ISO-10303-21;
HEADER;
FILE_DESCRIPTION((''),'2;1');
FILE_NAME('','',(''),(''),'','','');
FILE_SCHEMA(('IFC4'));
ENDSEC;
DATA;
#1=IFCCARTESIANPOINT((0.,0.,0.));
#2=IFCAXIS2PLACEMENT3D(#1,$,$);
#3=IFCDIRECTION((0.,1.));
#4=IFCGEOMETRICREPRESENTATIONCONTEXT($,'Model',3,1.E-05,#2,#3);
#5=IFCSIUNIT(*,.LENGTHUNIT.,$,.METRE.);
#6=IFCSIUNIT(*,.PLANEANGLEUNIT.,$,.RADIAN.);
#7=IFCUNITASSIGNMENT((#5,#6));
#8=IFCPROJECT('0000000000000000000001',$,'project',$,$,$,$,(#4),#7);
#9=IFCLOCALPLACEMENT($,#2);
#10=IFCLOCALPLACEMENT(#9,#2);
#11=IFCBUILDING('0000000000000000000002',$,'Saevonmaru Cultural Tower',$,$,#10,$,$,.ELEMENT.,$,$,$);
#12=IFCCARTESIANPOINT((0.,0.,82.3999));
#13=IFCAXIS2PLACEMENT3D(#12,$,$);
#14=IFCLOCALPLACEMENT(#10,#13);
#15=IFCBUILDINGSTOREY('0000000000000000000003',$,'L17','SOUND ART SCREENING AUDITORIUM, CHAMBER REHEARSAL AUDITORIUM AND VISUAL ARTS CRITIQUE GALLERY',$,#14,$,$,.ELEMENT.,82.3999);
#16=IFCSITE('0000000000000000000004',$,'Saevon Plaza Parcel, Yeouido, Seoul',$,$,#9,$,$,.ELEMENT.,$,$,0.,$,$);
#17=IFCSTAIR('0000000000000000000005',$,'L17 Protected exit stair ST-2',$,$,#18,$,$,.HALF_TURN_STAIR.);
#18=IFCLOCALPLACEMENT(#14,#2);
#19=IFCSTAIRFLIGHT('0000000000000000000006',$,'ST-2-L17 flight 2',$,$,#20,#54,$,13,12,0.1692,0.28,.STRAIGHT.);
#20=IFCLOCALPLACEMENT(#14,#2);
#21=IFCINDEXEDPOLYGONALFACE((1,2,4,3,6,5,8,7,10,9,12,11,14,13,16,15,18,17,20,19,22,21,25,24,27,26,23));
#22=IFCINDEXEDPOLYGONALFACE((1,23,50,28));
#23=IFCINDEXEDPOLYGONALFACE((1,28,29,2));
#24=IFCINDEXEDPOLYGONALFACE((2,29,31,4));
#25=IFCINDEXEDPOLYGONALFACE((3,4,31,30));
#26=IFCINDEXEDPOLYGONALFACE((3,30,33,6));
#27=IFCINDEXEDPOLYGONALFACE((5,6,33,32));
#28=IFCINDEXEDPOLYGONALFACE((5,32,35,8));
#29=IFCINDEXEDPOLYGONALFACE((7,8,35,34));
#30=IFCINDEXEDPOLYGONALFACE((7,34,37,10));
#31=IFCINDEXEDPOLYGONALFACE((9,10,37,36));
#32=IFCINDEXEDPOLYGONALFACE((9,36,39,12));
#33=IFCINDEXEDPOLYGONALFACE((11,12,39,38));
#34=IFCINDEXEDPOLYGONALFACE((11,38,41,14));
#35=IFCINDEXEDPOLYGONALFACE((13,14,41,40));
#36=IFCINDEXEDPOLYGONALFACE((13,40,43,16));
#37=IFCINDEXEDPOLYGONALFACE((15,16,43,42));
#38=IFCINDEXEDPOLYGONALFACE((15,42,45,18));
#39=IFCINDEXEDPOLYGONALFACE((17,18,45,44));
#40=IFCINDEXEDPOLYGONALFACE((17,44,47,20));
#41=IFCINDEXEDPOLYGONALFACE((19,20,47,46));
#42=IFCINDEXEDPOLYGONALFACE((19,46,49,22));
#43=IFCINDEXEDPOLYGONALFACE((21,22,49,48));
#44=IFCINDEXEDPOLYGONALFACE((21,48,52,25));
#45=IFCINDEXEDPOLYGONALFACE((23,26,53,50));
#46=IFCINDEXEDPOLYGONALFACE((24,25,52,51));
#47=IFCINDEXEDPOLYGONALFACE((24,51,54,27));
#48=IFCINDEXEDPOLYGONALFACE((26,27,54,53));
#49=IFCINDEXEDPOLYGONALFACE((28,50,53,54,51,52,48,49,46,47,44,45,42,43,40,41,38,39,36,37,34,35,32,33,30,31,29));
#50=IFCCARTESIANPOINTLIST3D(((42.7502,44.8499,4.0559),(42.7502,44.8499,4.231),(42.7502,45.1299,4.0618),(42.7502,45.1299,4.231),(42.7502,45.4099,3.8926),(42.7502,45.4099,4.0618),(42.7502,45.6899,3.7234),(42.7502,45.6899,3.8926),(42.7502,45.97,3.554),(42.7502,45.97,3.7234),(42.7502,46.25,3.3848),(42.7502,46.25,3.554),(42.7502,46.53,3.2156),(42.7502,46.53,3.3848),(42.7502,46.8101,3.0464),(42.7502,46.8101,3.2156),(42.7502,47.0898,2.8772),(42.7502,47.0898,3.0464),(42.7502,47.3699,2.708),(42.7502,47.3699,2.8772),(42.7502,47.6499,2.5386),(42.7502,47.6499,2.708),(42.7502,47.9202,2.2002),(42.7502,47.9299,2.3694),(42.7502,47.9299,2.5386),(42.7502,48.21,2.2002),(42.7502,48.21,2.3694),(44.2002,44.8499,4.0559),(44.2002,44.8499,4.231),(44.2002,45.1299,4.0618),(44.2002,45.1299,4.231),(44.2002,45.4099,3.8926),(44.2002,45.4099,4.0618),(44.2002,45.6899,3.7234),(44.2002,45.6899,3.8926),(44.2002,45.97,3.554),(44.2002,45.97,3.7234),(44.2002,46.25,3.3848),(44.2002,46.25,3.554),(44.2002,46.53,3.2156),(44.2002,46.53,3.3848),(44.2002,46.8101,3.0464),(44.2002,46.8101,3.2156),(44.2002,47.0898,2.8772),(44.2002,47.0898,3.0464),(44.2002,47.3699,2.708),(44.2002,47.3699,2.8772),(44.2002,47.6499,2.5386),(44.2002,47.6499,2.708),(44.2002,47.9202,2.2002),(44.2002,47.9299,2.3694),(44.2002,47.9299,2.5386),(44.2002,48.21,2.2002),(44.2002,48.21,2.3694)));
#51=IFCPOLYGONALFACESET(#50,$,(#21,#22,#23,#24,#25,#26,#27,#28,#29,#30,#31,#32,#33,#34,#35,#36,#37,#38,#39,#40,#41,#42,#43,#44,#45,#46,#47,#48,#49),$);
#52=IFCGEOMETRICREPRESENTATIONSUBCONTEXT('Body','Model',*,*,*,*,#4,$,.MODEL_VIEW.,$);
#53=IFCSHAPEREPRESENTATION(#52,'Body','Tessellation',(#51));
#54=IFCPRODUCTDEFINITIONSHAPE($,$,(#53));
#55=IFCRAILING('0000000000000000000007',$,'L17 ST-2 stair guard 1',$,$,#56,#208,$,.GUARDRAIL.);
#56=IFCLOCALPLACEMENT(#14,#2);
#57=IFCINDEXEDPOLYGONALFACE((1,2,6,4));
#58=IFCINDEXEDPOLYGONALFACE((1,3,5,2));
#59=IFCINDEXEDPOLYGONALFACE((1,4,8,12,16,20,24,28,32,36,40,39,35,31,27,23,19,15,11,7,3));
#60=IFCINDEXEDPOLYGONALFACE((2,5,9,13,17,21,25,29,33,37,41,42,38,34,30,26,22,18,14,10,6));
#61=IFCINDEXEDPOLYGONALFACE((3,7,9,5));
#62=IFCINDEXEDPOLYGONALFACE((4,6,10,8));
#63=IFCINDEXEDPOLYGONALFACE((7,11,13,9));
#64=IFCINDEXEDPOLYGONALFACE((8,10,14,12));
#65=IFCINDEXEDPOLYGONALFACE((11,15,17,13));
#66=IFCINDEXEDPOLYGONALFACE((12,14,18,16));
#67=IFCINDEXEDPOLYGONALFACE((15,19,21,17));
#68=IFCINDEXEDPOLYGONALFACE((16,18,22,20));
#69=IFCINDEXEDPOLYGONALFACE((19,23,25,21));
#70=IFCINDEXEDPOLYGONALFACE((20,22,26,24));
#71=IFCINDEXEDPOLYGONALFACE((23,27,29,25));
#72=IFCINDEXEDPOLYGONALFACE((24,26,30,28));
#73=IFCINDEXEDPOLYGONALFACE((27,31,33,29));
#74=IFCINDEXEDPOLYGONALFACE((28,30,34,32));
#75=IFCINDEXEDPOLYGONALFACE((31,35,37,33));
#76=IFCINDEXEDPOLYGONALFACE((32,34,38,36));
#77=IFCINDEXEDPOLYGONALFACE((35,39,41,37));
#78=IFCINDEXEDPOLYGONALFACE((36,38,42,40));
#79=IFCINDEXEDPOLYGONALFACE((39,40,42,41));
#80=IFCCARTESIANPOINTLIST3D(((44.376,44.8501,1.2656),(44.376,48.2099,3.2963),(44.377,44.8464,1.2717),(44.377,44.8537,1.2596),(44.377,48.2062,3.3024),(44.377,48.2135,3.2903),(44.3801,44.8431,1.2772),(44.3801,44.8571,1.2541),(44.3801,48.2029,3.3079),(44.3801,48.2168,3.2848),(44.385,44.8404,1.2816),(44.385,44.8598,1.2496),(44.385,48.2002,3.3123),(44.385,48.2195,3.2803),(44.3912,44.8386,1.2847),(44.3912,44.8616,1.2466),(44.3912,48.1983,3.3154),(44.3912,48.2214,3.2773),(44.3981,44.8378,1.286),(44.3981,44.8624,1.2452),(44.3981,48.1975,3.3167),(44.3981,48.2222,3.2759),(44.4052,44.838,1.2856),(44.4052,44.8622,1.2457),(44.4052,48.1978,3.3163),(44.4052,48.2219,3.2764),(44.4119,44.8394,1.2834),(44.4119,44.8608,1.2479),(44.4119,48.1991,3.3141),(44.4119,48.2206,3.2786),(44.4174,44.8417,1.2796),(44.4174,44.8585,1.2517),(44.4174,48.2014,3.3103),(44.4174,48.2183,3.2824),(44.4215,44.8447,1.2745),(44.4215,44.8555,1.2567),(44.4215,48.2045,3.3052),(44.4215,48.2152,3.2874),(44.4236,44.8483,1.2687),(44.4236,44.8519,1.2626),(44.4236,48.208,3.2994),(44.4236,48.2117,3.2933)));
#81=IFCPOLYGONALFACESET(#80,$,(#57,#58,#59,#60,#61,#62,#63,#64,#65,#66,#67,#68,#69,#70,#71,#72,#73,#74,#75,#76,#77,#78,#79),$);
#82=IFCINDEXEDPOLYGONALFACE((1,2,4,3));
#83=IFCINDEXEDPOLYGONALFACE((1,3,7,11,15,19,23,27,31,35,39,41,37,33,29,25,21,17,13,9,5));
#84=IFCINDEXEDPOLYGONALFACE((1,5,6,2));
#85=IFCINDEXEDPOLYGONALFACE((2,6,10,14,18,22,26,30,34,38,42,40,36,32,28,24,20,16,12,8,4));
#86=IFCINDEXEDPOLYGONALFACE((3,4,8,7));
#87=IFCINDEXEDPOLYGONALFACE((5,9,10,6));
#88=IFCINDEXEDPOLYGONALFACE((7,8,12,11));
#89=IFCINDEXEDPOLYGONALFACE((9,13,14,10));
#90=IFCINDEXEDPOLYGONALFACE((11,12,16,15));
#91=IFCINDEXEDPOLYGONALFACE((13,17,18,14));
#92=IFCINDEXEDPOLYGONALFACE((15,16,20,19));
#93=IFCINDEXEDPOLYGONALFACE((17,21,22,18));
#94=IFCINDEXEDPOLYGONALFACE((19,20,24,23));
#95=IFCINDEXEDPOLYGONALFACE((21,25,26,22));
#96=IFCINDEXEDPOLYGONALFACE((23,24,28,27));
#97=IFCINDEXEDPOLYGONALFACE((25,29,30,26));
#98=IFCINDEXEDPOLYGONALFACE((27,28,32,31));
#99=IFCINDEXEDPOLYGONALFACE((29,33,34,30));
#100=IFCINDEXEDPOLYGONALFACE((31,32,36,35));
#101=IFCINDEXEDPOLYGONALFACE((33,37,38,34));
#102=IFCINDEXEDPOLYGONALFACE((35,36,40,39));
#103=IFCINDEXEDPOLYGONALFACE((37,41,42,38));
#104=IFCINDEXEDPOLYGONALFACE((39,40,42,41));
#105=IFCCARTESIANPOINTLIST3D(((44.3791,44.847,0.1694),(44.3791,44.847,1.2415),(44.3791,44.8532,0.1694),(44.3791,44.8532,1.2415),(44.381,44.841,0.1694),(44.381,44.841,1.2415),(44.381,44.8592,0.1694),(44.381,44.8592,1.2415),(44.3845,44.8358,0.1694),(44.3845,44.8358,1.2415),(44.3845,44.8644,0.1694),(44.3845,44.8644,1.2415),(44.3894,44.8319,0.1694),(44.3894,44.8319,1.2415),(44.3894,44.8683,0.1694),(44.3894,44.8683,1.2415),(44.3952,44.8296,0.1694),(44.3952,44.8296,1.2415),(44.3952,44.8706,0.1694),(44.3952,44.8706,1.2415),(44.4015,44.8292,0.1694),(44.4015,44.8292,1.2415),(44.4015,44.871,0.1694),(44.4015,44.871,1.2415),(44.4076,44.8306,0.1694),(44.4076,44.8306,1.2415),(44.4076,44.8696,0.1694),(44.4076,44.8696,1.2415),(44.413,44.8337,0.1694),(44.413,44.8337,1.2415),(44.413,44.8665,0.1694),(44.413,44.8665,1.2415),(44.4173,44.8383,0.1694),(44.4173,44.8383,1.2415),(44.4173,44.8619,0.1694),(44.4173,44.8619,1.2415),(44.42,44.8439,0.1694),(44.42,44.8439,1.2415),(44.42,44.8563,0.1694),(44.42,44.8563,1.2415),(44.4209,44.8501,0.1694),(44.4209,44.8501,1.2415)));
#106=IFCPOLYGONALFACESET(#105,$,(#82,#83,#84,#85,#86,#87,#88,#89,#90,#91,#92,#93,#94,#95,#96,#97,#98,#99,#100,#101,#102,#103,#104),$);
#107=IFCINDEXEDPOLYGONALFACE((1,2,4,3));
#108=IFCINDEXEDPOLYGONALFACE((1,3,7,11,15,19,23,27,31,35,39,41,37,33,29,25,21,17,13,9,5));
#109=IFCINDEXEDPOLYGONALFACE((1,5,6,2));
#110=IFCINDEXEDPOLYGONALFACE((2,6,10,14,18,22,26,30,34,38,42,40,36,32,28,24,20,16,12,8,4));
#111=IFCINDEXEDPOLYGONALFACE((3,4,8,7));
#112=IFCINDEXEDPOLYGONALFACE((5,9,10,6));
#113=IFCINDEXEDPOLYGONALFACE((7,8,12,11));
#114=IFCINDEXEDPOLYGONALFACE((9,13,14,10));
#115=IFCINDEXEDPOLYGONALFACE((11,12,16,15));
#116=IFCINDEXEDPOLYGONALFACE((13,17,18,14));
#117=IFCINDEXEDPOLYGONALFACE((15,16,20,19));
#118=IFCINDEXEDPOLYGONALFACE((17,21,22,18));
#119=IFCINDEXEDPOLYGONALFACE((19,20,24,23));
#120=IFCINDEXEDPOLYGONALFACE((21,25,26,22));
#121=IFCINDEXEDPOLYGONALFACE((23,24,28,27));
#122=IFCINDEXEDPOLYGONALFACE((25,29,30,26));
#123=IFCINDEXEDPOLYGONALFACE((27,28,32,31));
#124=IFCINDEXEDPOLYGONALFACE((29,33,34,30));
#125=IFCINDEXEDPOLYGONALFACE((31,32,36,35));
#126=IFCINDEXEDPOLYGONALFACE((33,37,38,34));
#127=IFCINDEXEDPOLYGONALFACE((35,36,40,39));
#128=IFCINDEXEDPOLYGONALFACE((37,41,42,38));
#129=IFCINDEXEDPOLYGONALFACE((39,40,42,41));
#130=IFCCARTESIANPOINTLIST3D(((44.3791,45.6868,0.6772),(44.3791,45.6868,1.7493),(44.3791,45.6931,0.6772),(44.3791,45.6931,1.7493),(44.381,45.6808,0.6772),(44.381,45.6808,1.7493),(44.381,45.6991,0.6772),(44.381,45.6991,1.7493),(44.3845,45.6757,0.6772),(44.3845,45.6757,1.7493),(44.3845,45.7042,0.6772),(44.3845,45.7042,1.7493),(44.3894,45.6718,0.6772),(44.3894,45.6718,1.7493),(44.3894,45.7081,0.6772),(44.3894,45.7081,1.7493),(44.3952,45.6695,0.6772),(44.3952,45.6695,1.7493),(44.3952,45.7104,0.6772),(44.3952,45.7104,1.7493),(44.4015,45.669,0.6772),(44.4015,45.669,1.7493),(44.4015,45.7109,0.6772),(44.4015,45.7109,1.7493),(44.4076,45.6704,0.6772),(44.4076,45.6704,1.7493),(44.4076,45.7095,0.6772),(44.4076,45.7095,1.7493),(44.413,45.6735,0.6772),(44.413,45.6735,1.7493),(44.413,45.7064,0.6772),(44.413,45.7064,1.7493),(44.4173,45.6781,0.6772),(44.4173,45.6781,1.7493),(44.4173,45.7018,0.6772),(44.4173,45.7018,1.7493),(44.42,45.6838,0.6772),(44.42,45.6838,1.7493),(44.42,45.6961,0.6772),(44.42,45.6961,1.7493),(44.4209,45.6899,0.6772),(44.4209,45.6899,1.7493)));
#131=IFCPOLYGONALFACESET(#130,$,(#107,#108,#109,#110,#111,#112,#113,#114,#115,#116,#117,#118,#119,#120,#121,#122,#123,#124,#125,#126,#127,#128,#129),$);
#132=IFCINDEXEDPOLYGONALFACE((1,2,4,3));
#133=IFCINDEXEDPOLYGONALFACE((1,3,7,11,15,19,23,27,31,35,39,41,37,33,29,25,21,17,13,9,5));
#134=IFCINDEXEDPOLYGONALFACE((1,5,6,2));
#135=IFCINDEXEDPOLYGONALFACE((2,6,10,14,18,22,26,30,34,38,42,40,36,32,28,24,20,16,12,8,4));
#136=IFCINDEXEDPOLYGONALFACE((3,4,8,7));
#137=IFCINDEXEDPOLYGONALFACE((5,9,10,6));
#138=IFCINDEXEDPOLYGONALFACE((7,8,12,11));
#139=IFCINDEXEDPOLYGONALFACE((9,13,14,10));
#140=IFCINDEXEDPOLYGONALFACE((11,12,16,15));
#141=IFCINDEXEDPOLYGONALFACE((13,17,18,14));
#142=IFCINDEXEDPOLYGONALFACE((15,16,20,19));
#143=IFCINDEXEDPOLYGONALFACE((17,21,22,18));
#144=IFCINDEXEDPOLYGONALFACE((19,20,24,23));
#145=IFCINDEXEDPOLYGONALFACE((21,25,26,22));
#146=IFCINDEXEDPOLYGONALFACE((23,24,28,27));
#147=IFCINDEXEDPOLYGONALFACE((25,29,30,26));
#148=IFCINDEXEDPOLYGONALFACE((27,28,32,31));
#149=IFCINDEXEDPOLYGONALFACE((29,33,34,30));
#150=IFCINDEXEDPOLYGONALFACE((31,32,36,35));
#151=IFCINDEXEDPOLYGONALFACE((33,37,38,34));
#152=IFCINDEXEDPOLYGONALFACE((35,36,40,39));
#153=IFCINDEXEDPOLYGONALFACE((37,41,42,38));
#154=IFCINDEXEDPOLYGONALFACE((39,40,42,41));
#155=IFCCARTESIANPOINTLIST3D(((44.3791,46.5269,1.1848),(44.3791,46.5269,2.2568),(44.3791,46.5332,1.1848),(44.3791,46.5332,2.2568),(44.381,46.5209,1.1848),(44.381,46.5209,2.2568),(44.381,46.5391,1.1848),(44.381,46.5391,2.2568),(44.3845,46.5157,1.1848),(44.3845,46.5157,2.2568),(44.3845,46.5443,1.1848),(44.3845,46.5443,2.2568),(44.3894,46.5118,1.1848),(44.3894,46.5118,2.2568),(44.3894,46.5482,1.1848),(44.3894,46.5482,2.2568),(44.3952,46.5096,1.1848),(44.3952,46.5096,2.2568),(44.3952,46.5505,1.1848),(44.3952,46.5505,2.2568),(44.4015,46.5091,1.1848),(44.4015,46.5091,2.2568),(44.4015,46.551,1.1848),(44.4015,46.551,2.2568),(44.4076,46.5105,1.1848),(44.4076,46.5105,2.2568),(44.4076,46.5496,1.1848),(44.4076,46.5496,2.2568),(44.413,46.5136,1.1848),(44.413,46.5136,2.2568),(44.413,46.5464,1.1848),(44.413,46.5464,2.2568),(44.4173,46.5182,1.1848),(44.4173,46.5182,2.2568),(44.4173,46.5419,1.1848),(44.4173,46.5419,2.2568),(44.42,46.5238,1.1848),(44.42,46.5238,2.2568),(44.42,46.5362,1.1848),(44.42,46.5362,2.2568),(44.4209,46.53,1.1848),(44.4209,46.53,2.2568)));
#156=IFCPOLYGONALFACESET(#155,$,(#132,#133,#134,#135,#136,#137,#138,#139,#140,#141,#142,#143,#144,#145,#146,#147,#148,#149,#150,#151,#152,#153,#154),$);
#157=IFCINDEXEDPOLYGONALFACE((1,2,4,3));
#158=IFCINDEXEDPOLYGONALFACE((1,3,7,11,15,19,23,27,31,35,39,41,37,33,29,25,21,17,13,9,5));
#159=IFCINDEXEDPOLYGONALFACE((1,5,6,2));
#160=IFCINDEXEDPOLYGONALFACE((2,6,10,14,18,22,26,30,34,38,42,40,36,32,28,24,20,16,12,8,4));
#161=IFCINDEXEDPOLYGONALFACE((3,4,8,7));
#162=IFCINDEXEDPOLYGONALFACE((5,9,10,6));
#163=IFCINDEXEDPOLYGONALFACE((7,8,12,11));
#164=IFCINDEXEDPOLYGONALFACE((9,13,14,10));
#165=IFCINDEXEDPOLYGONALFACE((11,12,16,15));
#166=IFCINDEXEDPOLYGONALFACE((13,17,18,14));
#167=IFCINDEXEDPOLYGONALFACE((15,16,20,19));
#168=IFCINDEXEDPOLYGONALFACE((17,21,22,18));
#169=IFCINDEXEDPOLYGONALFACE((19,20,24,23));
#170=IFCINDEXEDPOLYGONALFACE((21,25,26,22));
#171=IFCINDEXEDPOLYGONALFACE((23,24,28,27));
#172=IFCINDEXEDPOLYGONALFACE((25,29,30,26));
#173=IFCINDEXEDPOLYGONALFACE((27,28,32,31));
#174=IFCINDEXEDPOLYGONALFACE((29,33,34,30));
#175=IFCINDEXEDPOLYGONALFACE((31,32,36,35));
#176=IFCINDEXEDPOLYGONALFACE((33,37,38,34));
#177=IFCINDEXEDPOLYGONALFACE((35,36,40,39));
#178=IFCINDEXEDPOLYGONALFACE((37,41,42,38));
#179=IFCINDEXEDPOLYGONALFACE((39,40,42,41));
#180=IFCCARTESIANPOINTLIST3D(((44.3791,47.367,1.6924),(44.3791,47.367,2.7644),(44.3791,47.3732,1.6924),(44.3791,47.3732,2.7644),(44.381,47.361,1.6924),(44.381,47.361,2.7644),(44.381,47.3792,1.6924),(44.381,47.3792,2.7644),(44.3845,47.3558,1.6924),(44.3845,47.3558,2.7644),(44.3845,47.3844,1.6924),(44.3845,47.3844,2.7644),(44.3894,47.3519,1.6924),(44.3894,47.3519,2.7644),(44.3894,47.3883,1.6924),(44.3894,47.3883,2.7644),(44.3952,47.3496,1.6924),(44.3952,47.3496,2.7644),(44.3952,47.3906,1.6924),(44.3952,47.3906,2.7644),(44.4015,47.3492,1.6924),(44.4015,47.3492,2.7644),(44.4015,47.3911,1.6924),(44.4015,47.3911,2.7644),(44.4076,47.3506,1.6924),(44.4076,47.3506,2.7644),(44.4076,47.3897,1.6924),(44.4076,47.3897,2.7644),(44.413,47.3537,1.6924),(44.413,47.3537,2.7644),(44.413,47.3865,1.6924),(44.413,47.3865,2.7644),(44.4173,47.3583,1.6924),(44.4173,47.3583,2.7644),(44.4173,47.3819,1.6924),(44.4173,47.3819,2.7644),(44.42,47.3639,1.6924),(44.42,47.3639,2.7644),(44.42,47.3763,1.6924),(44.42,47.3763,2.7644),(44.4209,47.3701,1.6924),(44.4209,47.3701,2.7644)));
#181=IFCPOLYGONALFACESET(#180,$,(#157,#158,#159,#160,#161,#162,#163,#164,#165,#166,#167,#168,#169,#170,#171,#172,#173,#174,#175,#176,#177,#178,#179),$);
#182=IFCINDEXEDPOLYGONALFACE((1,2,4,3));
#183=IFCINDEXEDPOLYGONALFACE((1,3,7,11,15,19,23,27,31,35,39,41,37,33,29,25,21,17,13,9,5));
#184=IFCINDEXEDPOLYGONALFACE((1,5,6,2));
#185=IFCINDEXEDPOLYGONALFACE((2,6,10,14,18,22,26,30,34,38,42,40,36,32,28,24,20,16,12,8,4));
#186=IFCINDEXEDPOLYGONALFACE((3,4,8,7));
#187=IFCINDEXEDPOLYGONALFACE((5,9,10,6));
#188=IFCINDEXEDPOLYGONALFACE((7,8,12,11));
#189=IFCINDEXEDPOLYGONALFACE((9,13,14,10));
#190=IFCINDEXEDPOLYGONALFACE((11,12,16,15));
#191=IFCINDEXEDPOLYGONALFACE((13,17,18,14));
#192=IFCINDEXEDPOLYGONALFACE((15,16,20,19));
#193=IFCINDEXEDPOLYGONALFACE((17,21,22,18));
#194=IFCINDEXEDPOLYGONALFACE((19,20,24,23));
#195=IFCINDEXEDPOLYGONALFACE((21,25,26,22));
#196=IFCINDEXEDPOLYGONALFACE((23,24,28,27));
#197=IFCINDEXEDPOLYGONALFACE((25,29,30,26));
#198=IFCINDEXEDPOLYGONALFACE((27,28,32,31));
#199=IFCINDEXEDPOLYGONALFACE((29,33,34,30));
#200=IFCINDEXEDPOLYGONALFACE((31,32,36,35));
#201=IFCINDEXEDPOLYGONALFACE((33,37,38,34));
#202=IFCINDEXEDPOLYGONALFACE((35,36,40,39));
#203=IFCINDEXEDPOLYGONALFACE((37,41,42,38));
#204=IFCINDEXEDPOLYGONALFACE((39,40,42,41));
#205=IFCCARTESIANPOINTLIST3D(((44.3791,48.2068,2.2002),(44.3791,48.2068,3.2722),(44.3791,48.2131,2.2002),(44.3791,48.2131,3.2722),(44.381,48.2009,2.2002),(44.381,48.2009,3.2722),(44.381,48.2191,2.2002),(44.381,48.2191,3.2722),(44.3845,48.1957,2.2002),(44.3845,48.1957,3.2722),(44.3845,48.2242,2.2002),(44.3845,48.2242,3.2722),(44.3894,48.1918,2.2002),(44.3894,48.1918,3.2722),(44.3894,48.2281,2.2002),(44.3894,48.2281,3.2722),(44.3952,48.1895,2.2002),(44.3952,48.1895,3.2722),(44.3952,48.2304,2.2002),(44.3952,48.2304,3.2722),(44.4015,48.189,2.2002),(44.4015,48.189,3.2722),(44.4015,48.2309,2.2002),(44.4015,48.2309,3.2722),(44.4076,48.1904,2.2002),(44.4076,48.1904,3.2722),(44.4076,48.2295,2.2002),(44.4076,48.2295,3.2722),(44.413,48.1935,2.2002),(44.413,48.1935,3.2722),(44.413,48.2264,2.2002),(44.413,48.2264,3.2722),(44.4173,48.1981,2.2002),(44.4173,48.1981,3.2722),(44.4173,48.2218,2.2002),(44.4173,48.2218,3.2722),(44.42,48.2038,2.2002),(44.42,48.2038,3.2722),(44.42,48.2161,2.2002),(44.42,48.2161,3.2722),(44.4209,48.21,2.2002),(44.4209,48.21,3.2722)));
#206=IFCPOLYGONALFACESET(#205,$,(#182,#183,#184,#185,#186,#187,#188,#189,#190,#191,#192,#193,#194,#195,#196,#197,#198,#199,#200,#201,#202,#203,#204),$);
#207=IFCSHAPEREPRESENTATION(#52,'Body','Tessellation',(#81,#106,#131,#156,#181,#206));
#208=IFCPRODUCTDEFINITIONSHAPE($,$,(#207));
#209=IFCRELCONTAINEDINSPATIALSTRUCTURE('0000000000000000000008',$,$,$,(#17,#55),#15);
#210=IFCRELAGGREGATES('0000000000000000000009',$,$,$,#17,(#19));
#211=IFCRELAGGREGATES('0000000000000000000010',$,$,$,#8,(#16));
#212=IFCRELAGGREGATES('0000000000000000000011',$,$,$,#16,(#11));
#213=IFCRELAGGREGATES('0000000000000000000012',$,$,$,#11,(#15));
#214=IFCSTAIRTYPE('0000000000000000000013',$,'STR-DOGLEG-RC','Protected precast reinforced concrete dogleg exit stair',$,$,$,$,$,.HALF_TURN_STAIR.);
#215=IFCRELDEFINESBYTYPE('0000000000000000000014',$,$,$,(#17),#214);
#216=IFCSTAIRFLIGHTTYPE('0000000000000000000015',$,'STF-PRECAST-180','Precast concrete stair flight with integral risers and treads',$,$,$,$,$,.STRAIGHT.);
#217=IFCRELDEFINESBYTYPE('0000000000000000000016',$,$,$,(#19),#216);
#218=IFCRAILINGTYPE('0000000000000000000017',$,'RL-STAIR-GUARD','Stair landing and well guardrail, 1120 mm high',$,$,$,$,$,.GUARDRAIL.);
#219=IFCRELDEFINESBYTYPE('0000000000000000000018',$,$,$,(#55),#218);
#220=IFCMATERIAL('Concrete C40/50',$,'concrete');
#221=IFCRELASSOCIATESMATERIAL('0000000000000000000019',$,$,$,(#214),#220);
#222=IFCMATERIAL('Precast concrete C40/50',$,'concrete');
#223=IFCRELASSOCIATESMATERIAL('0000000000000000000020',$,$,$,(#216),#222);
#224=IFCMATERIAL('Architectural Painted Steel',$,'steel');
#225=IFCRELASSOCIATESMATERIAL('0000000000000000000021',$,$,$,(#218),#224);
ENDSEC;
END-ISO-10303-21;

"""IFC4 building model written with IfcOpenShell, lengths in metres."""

from ifc_helpers import new_model, si_unit, direction, frame, origin, origin_2d, place, context, subcontext, project, spatial, polyline, circle, outline, extrude, material, type_object, element, aggregate, save


model = new_model("IFC4")

# Units and contexts
model_context = context("Model", 3, precision=1e-05, world=origin(), true_north=direction((0.0, 1.0)))
body_context = subcontext(model_context, "Body", "Model", "MODEL_VIEW")
ifc_project = project(units=[si_unit("LENGTHUNIT", "METRE"), si_unit("PLANEANGLEUNIT", "RADIAN")], contexts=[model_context])

# Site, building, storey
site_placement = place(None, origin())
site = spatial("IfcSite", under=ifc_project, at=site_placement, Name="Saevon Plaza Parcel, Yeouido, Seoul", CompositionType="ELEMENT", RefElevation=0.0)
building_placement = place(site_placement, origin())
building = spatial("IfcBuilding", under=site, at=building_placement, Name="Saevonmaru Cultural Tower", CompositionType="ELEMENT")
storey_placement = place(building_placement, frame((0.0, 0.0, 82.3999)))
storey = spatial("IfcBuildingStorey", under=building, at=storey_placement, Name="L17", Description="SOUND ART SCREENING AUDITORIUM, CHAMBER REHEARSAL AUDITORIUM AND VISUAL ARTS CRITIQUE GALLERY", CompositionType="ELEMENT", Elevation=82.3999)

# Shared definitions
ifc_material_1 = material(Name="Concrete C40/50", Category="concrete")

# Stair, stair flight
stair_type = type_object("IfcStairType", Name="STR-DOGLEG-RC", Description="Protected precast reinforced concrete dogleg exit stair", PredefinedType="HALF_TURN_STAIR", material=ifc_material_1)
stair_placement = place(storey_placement, origin())
stair = element("IfcStair", 1, at=stair_placement, inside=storey, type_object=stair_type, Name="L17 Protected exit stair ST-2", PredefinedType="HALF_TURN_STAIR")
ifc_material_2 = material(Name="Precast concrete C40/50", Category="concrete")
stair_flight_type = type_object("IfcStairFlightType", Name="STF-PRECAST-180", Description="Precast concrete stair flight with integral risers and treads", PredefinedType="STRAIGHT", material=ifc_material_2)
stair_flight_1_placement = place(storey_placement, frame((43.4751, 48.21, 2.2002), z_axis=(0.0, 0.0, 1.0), x_axis=(0.0, -1.0, 0.0)))
stair_flight_1 = element("IfcStairFlight", 2, at=stair_flight_1_placement, type_object=stair_flight_type, Name="ST-2-L17 flight 2", NumberOfRisers=13, NumberOfTreads=12, PredefinedType="STRAIGHT", RiserHeight=0.1692, TreadLength=0.28, context=body_context, shape_type="SweptSolid", body=[
    extrude(outline(polyline([(0.0, 0.0), (0.0, 0.1692), (0.28, 0.1692), (0.28, 0.3384), (0.5601, 0.3384), (0.5601, 0.5078), (0.8401, 0.5078), (0.8401, 0.677), (1.1201, 0.677), (1.1201, 0.8462), (1.3999, 0.8462), (1.3999, 1.0154), (1.6799, 1.0154), (1.6799, 1.1846), (1.96, 1.1846), (1.96, 1.3538), (2.24, 1.3538), (2.24, 1.5232), (2.52, 1.5232), (2.52, 1.6924), (2.8, 1.6924), (2.8, 1.8616), (3.0801, 1.8616), (3.0801, 2.0308), (3.3601, 2.0308), (3.3601, 2.2), (3.3601, 1.8557), (0.2898, 0.0), (0.0, 0.0)])), frame((0.0, 0.7251, 0.0), z_axis=(0.0, -1.0, 0.0), x_axis=(1.0, 0.0, 0.0)), (0.0, 0.0, 1.0), 1.45),
])
aggregate(stair, [stair_flight_1])

# Railing
ifc_material_3 = material(Name="Architectural Painted Steel", Category="steel")
railing_type_1 = type_object("IfcRailingType", Name="RL-STAIR-GUARD", Description="Stair landing and well guardrail, 1120 mm high", PredefinedType="GUARDRAIL", material=ifc_material_3)
railing_1_placement = place(storey_placement, frame((44.3999, 44.8501, 0.1694)))
element("IfcRailing", 3, at=railing_1_placement, inside=storey, type_object=railing_type_1, Name="L17 ST-2 stair guard 1", PredefinedType="GUARDRAIL", context=body_context, shape_type="SweptSolid", body=[
    extrude(circle(Radius=0.0239, at=origin_2d()), frame((0.0, 0.0, 1.0962), z_axis=(0.0, 0.85582, 0.517273), x_axis=(-1.0, 0.0, 0.0)), (0.0, 0.0, 1.0), 3.9258),
    extrude(circle(Radius=0.021, at=origin_2d()), origin(), (0.0, 0.0, 1.0), 1.072),
    extrude(circle(Radius=0.021, at=origin_2d()), frame((0.0, 0.8398, 0.5078)), (0.0, 0.0, 1.0), 1.072),
    extrude(circle(Radius=0.021, at=origin_2d()), frame((0.0, 1.6799, 1.0154)), (0.0, 0.0, 1.0), 1.072),
    extrude(circle(Radius=0.021, at=origin_2d()), frame((0.0, 2.52, 1.5229)), (0.0, 0.0, 1.0), 1.072),
    extrude(circle(Radius=0.021, at=origin_2d()), frame((0.0, 3.3599, 2.0308)), (0.0, 0.0, 1.0), 1.072),
])

save(model, "model.ifc")
